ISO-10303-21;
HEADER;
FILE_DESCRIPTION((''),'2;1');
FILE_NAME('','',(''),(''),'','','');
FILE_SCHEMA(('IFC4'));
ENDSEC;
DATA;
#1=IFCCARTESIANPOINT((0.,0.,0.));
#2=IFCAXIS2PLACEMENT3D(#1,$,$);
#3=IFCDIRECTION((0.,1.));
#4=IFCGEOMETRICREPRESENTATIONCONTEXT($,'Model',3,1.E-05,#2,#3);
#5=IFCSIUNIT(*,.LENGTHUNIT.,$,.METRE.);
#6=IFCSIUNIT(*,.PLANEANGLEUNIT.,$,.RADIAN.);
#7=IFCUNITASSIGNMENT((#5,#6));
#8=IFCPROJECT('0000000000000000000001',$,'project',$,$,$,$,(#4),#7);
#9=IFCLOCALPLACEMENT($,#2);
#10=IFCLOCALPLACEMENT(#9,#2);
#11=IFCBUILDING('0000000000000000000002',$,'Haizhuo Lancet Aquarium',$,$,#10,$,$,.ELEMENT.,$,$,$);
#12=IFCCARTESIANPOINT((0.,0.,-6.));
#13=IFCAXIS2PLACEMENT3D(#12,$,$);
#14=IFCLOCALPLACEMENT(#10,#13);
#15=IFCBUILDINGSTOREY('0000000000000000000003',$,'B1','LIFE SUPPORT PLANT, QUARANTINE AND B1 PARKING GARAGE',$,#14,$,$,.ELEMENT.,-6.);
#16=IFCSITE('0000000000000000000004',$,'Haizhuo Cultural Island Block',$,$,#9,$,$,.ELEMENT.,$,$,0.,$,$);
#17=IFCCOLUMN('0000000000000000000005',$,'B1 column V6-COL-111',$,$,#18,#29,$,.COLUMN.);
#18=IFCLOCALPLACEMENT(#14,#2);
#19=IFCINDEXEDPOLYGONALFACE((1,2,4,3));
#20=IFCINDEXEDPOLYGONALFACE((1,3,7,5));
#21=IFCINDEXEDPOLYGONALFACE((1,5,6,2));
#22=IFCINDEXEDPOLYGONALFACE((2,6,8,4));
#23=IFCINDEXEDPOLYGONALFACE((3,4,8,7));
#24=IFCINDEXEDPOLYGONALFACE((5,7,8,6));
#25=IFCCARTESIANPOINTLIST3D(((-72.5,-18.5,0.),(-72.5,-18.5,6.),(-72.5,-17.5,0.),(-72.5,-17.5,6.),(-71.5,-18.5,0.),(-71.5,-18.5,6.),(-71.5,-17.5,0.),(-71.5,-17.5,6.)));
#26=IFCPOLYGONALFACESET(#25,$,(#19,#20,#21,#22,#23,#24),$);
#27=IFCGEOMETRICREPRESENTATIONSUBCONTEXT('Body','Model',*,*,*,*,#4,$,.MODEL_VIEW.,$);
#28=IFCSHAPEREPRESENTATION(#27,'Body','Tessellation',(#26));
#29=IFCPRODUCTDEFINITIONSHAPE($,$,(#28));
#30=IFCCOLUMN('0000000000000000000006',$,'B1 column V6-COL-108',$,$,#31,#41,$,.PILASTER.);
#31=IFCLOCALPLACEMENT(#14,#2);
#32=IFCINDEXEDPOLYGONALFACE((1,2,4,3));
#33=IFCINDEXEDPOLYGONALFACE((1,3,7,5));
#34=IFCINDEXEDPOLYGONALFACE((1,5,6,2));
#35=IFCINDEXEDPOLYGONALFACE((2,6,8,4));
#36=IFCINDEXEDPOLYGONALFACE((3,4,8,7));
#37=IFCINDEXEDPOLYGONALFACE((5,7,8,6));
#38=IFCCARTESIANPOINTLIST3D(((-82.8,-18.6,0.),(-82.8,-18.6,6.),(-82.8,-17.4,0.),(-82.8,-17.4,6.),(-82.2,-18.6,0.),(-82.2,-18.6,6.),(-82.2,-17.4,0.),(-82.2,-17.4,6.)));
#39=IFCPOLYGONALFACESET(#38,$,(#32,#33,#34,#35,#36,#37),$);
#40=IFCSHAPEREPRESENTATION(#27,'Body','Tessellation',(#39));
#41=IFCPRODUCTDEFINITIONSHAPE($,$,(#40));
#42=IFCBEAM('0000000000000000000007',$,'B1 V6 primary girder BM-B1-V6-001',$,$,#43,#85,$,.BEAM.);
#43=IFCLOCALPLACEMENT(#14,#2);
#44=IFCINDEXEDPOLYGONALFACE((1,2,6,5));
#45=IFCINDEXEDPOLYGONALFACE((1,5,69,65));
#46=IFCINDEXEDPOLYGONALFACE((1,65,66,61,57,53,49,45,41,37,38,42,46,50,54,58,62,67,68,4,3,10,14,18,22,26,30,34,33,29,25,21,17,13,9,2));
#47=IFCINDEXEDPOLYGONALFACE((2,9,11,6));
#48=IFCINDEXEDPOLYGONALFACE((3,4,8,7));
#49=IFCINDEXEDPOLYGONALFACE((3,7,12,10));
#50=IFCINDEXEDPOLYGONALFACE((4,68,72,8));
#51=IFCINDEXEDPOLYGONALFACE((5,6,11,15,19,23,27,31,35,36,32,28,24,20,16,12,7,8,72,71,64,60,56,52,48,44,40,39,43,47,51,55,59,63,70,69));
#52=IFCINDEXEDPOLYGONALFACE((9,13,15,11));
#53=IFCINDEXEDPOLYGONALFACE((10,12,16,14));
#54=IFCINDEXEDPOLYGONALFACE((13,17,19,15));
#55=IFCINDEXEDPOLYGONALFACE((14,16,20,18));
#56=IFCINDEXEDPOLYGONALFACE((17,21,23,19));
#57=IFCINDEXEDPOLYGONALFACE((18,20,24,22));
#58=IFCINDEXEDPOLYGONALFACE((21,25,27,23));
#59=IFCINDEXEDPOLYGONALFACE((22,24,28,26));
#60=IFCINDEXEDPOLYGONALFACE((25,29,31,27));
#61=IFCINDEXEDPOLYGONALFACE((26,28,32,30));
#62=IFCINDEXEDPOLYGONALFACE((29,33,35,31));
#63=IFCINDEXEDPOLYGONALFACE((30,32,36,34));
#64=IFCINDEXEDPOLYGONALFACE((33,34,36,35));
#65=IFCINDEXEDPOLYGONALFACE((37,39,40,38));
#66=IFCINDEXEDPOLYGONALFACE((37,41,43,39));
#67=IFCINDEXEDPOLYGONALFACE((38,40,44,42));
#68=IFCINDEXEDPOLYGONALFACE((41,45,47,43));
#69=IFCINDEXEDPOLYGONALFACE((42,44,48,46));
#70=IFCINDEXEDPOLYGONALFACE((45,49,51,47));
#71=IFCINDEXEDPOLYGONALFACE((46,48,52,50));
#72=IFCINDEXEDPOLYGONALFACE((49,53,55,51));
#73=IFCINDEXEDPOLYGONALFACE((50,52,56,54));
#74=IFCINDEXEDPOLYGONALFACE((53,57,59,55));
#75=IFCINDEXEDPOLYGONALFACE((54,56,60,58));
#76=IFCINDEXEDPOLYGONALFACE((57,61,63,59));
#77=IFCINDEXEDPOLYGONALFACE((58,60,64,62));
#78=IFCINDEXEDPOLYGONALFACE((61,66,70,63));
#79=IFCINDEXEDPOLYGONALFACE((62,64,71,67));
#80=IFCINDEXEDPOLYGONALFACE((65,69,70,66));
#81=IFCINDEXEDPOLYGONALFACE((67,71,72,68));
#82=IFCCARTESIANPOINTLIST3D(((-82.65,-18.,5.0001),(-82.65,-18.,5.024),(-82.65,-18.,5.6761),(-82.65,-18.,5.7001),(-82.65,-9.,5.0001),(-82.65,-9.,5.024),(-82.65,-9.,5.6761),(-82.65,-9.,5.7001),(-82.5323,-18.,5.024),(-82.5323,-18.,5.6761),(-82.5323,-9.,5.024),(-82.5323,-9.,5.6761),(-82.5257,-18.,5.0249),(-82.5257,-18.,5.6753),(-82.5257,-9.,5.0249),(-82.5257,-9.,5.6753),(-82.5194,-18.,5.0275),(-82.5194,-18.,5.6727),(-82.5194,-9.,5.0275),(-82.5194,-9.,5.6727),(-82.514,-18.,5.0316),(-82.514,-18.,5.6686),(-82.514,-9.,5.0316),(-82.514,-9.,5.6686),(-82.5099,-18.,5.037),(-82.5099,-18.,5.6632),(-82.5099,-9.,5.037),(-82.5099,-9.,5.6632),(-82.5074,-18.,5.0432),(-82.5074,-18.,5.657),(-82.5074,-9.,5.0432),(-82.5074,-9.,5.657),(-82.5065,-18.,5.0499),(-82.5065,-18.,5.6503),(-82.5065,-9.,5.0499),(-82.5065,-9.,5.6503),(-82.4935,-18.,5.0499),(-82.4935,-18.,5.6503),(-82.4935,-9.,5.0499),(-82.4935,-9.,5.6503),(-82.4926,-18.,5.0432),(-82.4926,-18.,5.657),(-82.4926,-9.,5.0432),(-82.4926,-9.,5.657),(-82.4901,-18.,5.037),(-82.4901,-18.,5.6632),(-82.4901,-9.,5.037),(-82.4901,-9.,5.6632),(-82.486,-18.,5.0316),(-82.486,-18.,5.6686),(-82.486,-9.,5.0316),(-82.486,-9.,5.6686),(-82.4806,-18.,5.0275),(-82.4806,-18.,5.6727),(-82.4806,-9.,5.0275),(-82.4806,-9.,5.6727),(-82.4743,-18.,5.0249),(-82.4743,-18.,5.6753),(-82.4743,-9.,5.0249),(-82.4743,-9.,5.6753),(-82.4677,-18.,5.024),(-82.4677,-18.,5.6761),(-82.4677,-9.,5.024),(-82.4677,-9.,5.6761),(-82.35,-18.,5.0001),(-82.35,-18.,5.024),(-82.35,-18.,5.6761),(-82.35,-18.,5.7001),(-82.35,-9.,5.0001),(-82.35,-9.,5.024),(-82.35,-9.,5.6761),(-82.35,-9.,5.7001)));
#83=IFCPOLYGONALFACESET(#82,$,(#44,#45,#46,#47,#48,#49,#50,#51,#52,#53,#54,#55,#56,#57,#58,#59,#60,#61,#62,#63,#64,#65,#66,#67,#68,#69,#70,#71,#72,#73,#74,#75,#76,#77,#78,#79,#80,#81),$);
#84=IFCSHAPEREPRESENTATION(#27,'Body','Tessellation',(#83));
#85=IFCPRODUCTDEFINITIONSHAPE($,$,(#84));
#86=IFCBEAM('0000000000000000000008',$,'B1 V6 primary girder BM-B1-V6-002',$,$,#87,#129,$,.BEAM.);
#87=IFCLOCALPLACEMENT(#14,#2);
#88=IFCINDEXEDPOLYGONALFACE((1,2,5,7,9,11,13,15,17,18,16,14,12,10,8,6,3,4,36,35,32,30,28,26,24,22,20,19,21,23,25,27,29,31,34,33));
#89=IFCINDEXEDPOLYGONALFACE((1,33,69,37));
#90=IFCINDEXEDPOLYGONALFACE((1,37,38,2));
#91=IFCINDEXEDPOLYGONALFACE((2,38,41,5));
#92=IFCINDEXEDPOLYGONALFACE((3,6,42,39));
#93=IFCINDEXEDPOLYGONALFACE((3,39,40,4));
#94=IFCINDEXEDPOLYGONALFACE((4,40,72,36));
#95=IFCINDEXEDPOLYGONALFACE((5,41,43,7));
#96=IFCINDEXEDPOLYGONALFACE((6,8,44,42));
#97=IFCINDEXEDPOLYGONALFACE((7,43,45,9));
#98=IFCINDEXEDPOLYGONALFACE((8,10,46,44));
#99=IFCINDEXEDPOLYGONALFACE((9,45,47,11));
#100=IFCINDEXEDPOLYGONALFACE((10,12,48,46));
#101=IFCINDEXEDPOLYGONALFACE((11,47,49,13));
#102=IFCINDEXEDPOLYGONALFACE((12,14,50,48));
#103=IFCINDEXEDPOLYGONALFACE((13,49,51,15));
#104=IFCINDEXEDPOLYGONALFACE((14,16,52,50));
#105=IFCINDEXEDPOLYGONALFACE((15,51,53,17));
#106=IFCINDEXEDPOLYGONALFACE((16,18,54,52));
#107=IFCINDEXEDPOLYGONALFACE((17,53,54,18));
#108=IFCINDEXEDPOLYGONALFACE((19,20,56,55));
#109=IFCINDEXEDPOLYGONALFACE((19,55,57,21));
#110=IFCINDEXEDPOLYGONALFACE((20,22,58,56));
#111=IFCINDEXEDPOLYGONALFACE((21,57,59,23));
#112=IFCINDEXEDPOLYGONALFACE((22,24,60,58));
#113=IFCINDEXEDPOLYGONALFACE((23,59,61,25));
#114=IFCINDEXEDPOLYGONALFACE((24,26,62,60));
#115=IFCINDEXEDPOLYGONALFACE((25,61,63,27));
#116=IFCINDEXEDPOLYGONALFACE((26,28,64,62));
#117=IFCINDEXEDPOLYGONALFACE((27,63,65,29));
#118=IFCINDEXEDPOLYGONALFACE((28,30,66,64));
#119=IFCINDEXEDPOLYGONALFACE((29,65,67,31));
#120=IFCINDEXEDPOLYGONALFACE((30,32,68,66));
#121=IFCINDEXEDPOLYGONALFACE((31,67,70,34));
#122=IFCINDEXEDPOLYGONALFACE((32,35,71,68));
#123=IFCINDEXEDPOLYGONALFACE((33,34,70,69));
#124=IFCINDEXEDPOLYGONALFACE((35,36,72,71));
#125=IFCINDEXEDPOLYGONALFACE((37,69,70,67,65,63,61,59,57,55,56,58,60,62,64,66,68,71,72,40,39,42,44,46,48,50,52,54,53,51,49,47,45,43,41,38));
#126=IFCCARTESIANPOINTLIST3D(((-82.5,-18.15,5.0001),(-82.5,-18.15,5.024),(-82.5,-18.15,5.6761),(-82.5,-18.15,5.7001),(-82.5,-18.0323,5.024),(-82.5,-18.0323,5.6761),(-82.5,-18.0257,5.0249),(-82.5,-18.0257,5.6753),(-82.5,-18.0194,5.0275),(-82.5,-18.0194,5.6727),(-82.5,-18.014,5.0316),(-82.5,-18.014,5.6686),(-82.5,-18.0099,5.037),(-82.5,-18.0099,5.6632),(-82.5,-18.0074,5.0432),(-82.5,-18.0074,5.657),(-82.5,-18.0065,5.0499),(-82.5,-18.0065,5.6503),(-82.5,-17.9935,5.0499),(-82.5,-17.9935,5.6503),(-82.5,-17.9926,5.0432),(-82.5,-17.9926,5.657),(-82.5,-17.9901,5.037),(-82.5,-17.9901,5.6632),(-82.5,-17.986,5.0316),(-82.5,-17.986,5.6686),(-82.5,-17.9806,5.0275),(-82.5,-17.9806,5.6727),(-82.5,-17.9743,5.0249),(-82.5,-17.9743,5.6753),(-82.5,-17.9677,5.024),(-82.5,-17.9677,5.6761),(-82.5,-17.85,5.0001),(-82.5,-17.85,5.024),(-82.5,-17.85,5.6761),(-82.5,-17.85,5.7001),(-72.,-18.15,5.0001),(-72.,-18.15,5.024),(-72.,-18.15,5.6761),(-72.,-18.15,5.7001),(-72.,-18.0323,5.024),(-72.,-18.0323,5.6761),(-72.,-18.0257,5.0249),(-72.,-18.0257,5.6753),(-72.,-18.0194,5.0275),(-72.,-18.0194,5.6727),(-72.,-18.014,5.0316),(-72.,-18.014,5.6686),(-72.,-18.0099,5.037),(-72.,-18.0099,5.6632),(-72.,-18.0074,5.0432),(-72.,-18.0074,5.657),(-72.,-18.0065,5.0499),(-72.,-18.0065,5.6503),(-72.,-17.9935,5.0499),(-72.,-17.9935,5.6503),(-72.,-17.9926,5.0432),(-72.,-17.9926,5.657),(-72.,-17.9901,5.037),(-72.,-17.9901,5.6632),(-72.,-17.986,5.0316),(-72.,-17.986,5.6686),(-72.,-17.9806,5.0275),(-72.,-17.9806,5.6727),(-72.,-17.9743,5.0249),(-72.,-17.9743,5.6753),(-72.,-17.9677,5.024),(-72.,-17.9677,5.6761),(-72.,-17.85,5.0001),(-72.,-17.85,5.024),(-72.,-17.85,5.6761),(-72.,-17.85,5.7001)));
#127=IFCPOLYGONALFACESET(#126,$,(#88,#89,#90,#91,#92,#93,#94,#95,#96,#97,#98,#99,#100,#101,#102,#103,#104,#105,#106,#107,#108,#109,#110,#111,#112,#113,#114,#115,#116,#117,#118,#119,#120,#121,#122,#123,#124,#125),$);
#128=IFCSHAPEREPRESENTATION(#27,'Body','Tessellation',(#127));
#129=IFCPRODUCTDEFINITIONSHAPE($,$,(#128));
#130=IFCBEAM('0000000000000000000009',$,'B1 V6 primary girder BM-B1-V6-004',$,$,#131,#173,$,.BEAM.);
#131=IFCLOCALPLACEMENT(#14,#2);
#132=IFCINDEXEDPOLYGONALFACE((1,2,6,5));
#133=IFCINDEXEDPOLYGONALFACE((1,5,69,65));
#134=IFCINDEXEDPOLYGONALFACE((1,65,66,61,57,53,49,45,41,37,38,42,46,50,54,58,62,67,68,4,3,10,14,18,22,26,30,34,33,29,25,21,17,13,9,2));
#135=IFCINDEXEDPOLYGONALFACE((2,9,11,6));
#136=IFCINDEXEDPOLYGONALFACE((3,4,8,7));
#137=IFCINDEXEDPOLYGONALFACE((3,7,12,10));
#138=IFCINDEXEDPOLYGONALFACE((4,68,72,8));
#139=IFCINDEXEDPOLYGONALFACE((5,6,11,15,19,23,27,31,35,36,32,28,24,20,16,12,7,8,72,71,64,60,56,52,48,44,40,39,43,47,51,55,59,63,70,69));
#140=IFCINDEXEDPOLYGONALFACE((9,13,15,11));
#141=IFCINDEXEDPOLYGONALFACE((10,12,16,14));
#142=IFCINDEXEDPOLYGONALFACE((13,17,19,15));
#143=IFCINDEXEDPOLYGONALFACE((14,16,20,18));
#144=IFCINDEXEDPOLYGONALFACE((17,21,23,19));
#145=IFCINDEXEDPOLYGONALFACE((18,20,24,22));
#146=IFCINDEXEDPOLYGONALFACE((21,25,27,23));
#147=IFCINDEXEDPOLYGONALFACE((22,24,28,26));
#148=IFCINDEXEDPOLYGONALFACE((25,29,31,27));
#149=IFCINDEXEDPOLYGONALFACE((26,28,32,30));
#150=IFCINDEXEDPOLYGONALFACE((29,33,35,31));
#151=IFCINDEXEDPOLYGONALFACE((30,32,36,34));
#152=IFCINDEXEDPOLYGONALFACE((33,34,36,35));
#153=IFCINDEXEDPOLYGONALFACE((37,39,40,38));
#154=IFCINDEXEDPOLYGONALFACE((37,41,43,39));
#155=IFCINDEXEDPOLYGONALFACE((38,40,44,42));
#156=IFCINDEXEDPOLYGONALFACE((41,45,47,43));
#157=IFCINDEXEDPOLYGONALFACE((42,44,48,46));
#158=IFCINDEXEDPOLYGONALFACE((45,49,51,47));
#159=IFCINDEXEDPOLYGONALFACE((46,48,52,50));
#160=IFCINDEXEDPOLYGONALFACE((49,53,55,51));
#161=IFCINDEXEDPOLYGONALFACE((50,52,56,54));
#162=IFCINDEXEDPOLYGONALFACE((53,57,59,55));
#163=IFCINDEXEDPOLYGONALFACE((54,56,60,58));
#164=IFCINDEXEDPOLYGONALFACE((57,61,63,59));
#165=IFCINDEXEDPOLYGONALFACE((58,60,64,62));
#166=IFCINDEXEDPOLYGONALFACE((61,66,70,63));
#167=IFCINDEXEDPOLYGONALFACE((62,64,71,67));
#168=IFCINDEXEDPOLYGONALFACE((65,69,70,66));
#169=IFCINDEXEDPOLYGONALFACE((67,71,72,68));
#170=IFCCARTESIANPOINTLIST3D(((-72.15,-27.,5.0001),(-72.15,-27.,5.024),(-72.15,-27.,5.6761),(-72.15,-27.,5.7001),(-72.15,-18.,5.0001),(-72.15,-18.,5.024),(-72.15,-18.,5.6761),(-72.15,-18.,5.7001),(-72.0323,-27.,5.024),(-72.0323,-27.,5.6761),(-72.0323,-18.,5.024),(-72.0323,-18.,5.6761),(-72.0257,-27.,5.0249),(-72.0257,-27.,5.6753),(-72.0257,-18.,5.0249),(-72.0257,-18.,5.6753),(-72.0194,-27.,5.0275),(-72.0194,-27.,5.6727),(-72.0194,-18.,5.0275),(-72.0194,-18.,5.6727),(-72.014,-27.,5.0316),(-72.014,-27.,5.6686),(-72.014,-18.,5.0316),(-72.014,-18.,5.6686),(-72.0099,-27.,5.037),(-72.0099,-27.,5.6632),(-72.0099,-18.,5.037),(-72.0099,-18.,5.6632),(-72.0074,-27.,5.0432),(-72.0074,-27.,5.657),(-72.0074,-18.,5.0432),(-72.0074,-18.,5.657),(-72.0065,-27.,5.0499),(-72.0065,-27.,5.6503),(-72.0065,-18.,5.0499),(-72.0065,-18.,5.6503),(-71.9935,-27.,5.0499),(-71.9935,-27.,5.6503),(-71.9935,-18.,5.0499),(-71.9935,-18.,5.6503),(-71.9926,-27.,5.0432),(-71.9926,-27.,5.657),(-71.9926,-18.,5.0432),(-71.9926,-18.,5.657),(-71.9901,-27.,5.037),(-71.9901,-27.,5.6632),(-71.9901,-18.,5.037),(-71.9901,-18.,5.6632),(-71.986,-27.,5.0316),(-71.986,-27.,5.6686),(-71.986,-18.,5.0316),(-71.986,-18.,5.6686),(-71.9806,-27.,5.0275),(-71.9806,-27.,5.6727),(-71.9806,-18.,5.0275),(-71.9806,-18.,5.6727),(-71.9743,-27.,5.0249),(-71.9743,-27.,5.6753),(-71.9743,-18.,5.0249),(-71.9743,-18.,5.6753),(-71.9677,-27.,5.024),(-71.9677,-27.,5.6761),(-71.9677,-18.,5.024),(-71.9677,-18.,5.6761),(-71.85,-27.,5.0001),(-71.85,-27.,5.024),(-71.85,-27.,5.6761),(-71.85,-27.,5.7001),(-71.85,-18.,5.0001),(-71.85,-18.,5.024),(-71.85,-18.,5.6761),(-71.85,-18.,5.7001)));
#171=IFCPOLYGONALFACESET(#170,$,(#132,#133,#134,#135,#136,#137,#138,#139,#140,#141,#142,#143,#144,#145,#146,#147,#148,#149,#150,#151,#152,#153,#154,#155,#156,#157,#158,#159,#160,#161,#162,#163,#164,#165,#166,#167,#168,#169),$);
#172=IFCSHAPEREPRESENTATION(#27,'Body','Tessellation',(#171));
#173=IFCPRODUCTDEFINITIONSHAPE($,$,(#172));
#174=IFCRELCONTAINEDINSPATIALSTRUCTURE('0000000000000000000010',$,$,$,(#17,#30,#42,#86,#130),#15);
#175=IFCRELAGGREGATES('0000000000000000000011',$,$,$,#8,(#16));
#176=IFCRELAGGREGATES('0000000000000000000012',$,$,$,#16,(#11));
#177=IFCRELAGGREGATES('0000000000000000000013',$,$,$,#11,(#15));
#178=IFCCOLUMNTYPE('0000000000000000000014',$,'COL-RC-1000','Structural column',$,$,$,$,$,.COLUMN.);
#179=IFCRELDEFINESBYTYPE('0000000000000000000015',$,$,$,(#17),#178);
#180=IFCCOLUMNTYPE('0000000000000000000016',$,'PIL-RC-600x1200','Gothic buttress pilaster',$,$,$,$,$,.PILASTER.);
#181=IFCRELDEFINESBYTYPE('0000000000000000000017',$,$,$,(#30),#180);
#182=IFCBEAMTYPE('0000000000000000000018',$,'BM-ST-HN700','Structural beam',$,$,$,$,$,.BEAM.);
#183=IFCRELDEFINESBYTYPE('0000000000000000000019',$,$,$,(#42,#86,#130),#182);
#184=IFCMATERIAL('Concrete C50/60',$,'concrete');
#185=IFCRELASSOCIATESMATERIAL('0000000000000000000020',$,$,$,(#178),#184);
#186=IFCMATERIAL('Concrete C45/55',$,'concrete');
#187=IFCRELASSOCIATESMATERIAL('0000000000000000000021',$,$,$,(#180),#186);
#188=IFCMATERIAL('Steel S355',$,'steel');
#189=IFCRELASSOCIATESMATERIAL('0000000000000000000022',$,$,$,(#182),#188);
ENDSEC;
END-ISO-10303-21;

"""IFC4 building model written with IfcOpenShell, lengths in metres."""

from ifc_helpers import new_model, si_unit, direction, frame, origin, origin_2d, place, context, subcontext, project, spatial, rectangle, i_section, extrude, material, material_profile, profile_set, type_object, element, save


model = new_model("IFC4")

# Units and contexts
model_context = context("Model", 3, precision=1e-05, world=origin(), true_north=direction((0.0, 1.0)))
body_context = subcontext(model_context, "Body", "Model", "MODEL_VIEW")
ifc_project = project(units=[si_unit("LENGTHUNIT", "METRE"), si_unit("PLANEANGLEUNIT", "RADIAN")], contexts=[model_context])

# Site, building, storey
site_placement = place(None, origin())
site = spatial("IfcSite", under=ifc_project, at=site_placement, Name="Haizhuo Cultural Island Block", CompositionType="ELEMENT", RefElevation=0.0)
building_placement = place(site_placement, origin())
building = spatial("IfcBuilding", under=site, at=building_placement, Name="Haizhuo Lancet Aquarium", CompositionType="ELEMENT")
storey_placement = place(building_placement, frame((0.0, 0.0, -6.0)))
storey = spatial("IfcBuildingStorey", under=building, at=storey_placement, Name="B1", Description="LIFE SUPPORT PLANT, QUARANTINE AND B1 PARKING GARAGE", CompositionType="ELEMENT", Elevation=-6.0)

# Columns
ifc_material_1 = material(Name="Concrete C50/60", Category="concrete")
ifc_material_profile_1 = material_profile(ifc_material_1, rectangle(XDim=1.0, YDim=1.0, at=origin_2d()), Name="RC-COL 1000x1000")
ifc_profile_set_1 = profile_set([ifc_material_profile_1], Name="Concrete C50/60")
column_type_1 = type_object("IfcColumnType", Name="COL-RC-1000", Description="Structural column", PredefinedType="COLUMN", material=ifc_profile_set_1)
for number, where, z_axis, x_axis, name in (
    (1, (-72.0, -18.0, 0.0), (0.0, 0.0, 1.0), (1.0, 0.0, 0.0), "B1 column V6-COL-111"),
):
    element("IfcColumn", number, at=place(storey_placement, frame(where, z_axis=z_axis, x_axis=x_axis)), inside=storey, type_object=column_type_1, Name=name, PredefinedType="COLUMN", context=body_context, shape_type="SweptSolid", body=[
        extrude(rectangle(XDim=1.0, YDim=1.0, at=origin_2d()), origin(), (0.0, 0.0, 1.0), 6.0),
    ])
ifc_material_2 = material(Name="Concrete C45/55", Category="concrete")
ifc_material_profile_2 = material_profile(ifc_material_2, rectangle(XDim=0.6001, YDim=1.2, at=origin_2d()), Name="RC-PIL 600x1200")
ifc_profile_set_2 = profile_set([ifc_material_profile_2], Name="Concrete C45/55")
column_type_2 = type_object("IfcColumnType", Name="PIL-RC-600x1200", Description="Gothic buttress pilaster", PredefinedType="PILASTER", material=ifc_profile_set_2)
column_placement = place(storey_placement, frame((-82.5, -18.0, 0.0), z_axis=(0.0, 0.0, 1.0), x_axis=(1.0, 0.0, 0.0)))
element("IfcColumn", 2, at=column_placement, inside=storey, type_object=column_type_2, Name="B1 column V6-COL-108", PredefinedType="PILASTER", context=body_context, shape_type="SweptSolid", body=[
    extrude(rectangle(XDim=0.6001, YDim=1.2, at=origin_2d()), origin(), (0.0, 0.0, 1.0), 6.0),
])

# Beams
ifc_material_3 = material(Name="Steel S355", Category="steel")
ifc_material_profile_3 = material_profile(ifc_material_3, i_section(OverallWidth=0.3, OverallDepth=0.7, WebThickness=0.0129, FlangeThickness=0.0239, FilletRadius=0.0259, at=origin_2d()), Name="HN 700x300x13x24")
ifc_profile_set_3 = profile_set([ifc_material_profile_3], Name="Steel S355")
beam_type_1 = type_object("IfcBeamType", Name="BM-ST-HN700", Description="Structural beam", PredefinedType="BEAM", material=ifc_profile_set_3)
beam_1_placement = place(storey_placement, frame((-82.5, -18.0, 5.3501), z_axis=(0.0, 1.0, 0.0), x_axis=(-1.0, 0.0, 0.0)))
element("IfcBeam", 3, at=beam_1_placement, inside=storey, type_object=beam_type_1, Name="B1 V6 primary girder BM-B1-V6-001", PredefinedType="BEAM", context=body_context, shape_type="SweptSolid", body=[
    extrude(i_section(OverallWidth=0.3, OverallDepth=0.7, WebThickness=0.0129, FlangeThickness=0.0239, FilletRadius=0.0259, at=origin_2d()), origin(), (0.0, 0.0, 1.0), 9.0),
])
beam_2_placement = place(storey_placement, frame((-82.5, -18.0, 5.3501), z_axis=(1.0, 0.0, 0.0), x_axis=(0.0, 1.0, 0.0)))
element("IfcBeam", 4, at=beam_2_placement, inside=storey, type_object=beam_type_1, Name="B1 V6 primary girder BM-B1-V6-002", PredefinedType="BEAM", context=body_context, shape_type="SweptSolid", body=[
    extrude(i_section(OverallWidth=0.3, OverallDepth=0.7, WebThickness=0.0129, FlangeThickness=0.0239, FilletRadius=0.0259, at=origin_2d()), origin(), (0.0, 0.0, 1.0), 10.5),
])
for number, where, z_axis, x_axis, name in (
    (5, (-72.0, -27.0, 5.3501), (0.0, 1.0, 0.0), (-1.0, 0.0, 0.0), "B1 V6 primary girder BM-B1-V6-004"),
):
    element("IfcBeam", number, at=place(storey_placement, frame(where, z_axis=z_axis, x_axis=x_axis)), inside=storey, type_object=beam_type_1, Name=name, PredefinedType="BEAM", context=body_context, shape_type="SweptSolid", body=[
        extrude(i_section(OverallWidth=0.3, OverallDepth=0.7, WebThickness=0.0129, FlangeThickness=0.0239, FilletRadius=0.0259, at=origin_2d()), origin(), (0.0, 0.0, 1.0), 9.0),
    ])

save(model, "model.ifc")
